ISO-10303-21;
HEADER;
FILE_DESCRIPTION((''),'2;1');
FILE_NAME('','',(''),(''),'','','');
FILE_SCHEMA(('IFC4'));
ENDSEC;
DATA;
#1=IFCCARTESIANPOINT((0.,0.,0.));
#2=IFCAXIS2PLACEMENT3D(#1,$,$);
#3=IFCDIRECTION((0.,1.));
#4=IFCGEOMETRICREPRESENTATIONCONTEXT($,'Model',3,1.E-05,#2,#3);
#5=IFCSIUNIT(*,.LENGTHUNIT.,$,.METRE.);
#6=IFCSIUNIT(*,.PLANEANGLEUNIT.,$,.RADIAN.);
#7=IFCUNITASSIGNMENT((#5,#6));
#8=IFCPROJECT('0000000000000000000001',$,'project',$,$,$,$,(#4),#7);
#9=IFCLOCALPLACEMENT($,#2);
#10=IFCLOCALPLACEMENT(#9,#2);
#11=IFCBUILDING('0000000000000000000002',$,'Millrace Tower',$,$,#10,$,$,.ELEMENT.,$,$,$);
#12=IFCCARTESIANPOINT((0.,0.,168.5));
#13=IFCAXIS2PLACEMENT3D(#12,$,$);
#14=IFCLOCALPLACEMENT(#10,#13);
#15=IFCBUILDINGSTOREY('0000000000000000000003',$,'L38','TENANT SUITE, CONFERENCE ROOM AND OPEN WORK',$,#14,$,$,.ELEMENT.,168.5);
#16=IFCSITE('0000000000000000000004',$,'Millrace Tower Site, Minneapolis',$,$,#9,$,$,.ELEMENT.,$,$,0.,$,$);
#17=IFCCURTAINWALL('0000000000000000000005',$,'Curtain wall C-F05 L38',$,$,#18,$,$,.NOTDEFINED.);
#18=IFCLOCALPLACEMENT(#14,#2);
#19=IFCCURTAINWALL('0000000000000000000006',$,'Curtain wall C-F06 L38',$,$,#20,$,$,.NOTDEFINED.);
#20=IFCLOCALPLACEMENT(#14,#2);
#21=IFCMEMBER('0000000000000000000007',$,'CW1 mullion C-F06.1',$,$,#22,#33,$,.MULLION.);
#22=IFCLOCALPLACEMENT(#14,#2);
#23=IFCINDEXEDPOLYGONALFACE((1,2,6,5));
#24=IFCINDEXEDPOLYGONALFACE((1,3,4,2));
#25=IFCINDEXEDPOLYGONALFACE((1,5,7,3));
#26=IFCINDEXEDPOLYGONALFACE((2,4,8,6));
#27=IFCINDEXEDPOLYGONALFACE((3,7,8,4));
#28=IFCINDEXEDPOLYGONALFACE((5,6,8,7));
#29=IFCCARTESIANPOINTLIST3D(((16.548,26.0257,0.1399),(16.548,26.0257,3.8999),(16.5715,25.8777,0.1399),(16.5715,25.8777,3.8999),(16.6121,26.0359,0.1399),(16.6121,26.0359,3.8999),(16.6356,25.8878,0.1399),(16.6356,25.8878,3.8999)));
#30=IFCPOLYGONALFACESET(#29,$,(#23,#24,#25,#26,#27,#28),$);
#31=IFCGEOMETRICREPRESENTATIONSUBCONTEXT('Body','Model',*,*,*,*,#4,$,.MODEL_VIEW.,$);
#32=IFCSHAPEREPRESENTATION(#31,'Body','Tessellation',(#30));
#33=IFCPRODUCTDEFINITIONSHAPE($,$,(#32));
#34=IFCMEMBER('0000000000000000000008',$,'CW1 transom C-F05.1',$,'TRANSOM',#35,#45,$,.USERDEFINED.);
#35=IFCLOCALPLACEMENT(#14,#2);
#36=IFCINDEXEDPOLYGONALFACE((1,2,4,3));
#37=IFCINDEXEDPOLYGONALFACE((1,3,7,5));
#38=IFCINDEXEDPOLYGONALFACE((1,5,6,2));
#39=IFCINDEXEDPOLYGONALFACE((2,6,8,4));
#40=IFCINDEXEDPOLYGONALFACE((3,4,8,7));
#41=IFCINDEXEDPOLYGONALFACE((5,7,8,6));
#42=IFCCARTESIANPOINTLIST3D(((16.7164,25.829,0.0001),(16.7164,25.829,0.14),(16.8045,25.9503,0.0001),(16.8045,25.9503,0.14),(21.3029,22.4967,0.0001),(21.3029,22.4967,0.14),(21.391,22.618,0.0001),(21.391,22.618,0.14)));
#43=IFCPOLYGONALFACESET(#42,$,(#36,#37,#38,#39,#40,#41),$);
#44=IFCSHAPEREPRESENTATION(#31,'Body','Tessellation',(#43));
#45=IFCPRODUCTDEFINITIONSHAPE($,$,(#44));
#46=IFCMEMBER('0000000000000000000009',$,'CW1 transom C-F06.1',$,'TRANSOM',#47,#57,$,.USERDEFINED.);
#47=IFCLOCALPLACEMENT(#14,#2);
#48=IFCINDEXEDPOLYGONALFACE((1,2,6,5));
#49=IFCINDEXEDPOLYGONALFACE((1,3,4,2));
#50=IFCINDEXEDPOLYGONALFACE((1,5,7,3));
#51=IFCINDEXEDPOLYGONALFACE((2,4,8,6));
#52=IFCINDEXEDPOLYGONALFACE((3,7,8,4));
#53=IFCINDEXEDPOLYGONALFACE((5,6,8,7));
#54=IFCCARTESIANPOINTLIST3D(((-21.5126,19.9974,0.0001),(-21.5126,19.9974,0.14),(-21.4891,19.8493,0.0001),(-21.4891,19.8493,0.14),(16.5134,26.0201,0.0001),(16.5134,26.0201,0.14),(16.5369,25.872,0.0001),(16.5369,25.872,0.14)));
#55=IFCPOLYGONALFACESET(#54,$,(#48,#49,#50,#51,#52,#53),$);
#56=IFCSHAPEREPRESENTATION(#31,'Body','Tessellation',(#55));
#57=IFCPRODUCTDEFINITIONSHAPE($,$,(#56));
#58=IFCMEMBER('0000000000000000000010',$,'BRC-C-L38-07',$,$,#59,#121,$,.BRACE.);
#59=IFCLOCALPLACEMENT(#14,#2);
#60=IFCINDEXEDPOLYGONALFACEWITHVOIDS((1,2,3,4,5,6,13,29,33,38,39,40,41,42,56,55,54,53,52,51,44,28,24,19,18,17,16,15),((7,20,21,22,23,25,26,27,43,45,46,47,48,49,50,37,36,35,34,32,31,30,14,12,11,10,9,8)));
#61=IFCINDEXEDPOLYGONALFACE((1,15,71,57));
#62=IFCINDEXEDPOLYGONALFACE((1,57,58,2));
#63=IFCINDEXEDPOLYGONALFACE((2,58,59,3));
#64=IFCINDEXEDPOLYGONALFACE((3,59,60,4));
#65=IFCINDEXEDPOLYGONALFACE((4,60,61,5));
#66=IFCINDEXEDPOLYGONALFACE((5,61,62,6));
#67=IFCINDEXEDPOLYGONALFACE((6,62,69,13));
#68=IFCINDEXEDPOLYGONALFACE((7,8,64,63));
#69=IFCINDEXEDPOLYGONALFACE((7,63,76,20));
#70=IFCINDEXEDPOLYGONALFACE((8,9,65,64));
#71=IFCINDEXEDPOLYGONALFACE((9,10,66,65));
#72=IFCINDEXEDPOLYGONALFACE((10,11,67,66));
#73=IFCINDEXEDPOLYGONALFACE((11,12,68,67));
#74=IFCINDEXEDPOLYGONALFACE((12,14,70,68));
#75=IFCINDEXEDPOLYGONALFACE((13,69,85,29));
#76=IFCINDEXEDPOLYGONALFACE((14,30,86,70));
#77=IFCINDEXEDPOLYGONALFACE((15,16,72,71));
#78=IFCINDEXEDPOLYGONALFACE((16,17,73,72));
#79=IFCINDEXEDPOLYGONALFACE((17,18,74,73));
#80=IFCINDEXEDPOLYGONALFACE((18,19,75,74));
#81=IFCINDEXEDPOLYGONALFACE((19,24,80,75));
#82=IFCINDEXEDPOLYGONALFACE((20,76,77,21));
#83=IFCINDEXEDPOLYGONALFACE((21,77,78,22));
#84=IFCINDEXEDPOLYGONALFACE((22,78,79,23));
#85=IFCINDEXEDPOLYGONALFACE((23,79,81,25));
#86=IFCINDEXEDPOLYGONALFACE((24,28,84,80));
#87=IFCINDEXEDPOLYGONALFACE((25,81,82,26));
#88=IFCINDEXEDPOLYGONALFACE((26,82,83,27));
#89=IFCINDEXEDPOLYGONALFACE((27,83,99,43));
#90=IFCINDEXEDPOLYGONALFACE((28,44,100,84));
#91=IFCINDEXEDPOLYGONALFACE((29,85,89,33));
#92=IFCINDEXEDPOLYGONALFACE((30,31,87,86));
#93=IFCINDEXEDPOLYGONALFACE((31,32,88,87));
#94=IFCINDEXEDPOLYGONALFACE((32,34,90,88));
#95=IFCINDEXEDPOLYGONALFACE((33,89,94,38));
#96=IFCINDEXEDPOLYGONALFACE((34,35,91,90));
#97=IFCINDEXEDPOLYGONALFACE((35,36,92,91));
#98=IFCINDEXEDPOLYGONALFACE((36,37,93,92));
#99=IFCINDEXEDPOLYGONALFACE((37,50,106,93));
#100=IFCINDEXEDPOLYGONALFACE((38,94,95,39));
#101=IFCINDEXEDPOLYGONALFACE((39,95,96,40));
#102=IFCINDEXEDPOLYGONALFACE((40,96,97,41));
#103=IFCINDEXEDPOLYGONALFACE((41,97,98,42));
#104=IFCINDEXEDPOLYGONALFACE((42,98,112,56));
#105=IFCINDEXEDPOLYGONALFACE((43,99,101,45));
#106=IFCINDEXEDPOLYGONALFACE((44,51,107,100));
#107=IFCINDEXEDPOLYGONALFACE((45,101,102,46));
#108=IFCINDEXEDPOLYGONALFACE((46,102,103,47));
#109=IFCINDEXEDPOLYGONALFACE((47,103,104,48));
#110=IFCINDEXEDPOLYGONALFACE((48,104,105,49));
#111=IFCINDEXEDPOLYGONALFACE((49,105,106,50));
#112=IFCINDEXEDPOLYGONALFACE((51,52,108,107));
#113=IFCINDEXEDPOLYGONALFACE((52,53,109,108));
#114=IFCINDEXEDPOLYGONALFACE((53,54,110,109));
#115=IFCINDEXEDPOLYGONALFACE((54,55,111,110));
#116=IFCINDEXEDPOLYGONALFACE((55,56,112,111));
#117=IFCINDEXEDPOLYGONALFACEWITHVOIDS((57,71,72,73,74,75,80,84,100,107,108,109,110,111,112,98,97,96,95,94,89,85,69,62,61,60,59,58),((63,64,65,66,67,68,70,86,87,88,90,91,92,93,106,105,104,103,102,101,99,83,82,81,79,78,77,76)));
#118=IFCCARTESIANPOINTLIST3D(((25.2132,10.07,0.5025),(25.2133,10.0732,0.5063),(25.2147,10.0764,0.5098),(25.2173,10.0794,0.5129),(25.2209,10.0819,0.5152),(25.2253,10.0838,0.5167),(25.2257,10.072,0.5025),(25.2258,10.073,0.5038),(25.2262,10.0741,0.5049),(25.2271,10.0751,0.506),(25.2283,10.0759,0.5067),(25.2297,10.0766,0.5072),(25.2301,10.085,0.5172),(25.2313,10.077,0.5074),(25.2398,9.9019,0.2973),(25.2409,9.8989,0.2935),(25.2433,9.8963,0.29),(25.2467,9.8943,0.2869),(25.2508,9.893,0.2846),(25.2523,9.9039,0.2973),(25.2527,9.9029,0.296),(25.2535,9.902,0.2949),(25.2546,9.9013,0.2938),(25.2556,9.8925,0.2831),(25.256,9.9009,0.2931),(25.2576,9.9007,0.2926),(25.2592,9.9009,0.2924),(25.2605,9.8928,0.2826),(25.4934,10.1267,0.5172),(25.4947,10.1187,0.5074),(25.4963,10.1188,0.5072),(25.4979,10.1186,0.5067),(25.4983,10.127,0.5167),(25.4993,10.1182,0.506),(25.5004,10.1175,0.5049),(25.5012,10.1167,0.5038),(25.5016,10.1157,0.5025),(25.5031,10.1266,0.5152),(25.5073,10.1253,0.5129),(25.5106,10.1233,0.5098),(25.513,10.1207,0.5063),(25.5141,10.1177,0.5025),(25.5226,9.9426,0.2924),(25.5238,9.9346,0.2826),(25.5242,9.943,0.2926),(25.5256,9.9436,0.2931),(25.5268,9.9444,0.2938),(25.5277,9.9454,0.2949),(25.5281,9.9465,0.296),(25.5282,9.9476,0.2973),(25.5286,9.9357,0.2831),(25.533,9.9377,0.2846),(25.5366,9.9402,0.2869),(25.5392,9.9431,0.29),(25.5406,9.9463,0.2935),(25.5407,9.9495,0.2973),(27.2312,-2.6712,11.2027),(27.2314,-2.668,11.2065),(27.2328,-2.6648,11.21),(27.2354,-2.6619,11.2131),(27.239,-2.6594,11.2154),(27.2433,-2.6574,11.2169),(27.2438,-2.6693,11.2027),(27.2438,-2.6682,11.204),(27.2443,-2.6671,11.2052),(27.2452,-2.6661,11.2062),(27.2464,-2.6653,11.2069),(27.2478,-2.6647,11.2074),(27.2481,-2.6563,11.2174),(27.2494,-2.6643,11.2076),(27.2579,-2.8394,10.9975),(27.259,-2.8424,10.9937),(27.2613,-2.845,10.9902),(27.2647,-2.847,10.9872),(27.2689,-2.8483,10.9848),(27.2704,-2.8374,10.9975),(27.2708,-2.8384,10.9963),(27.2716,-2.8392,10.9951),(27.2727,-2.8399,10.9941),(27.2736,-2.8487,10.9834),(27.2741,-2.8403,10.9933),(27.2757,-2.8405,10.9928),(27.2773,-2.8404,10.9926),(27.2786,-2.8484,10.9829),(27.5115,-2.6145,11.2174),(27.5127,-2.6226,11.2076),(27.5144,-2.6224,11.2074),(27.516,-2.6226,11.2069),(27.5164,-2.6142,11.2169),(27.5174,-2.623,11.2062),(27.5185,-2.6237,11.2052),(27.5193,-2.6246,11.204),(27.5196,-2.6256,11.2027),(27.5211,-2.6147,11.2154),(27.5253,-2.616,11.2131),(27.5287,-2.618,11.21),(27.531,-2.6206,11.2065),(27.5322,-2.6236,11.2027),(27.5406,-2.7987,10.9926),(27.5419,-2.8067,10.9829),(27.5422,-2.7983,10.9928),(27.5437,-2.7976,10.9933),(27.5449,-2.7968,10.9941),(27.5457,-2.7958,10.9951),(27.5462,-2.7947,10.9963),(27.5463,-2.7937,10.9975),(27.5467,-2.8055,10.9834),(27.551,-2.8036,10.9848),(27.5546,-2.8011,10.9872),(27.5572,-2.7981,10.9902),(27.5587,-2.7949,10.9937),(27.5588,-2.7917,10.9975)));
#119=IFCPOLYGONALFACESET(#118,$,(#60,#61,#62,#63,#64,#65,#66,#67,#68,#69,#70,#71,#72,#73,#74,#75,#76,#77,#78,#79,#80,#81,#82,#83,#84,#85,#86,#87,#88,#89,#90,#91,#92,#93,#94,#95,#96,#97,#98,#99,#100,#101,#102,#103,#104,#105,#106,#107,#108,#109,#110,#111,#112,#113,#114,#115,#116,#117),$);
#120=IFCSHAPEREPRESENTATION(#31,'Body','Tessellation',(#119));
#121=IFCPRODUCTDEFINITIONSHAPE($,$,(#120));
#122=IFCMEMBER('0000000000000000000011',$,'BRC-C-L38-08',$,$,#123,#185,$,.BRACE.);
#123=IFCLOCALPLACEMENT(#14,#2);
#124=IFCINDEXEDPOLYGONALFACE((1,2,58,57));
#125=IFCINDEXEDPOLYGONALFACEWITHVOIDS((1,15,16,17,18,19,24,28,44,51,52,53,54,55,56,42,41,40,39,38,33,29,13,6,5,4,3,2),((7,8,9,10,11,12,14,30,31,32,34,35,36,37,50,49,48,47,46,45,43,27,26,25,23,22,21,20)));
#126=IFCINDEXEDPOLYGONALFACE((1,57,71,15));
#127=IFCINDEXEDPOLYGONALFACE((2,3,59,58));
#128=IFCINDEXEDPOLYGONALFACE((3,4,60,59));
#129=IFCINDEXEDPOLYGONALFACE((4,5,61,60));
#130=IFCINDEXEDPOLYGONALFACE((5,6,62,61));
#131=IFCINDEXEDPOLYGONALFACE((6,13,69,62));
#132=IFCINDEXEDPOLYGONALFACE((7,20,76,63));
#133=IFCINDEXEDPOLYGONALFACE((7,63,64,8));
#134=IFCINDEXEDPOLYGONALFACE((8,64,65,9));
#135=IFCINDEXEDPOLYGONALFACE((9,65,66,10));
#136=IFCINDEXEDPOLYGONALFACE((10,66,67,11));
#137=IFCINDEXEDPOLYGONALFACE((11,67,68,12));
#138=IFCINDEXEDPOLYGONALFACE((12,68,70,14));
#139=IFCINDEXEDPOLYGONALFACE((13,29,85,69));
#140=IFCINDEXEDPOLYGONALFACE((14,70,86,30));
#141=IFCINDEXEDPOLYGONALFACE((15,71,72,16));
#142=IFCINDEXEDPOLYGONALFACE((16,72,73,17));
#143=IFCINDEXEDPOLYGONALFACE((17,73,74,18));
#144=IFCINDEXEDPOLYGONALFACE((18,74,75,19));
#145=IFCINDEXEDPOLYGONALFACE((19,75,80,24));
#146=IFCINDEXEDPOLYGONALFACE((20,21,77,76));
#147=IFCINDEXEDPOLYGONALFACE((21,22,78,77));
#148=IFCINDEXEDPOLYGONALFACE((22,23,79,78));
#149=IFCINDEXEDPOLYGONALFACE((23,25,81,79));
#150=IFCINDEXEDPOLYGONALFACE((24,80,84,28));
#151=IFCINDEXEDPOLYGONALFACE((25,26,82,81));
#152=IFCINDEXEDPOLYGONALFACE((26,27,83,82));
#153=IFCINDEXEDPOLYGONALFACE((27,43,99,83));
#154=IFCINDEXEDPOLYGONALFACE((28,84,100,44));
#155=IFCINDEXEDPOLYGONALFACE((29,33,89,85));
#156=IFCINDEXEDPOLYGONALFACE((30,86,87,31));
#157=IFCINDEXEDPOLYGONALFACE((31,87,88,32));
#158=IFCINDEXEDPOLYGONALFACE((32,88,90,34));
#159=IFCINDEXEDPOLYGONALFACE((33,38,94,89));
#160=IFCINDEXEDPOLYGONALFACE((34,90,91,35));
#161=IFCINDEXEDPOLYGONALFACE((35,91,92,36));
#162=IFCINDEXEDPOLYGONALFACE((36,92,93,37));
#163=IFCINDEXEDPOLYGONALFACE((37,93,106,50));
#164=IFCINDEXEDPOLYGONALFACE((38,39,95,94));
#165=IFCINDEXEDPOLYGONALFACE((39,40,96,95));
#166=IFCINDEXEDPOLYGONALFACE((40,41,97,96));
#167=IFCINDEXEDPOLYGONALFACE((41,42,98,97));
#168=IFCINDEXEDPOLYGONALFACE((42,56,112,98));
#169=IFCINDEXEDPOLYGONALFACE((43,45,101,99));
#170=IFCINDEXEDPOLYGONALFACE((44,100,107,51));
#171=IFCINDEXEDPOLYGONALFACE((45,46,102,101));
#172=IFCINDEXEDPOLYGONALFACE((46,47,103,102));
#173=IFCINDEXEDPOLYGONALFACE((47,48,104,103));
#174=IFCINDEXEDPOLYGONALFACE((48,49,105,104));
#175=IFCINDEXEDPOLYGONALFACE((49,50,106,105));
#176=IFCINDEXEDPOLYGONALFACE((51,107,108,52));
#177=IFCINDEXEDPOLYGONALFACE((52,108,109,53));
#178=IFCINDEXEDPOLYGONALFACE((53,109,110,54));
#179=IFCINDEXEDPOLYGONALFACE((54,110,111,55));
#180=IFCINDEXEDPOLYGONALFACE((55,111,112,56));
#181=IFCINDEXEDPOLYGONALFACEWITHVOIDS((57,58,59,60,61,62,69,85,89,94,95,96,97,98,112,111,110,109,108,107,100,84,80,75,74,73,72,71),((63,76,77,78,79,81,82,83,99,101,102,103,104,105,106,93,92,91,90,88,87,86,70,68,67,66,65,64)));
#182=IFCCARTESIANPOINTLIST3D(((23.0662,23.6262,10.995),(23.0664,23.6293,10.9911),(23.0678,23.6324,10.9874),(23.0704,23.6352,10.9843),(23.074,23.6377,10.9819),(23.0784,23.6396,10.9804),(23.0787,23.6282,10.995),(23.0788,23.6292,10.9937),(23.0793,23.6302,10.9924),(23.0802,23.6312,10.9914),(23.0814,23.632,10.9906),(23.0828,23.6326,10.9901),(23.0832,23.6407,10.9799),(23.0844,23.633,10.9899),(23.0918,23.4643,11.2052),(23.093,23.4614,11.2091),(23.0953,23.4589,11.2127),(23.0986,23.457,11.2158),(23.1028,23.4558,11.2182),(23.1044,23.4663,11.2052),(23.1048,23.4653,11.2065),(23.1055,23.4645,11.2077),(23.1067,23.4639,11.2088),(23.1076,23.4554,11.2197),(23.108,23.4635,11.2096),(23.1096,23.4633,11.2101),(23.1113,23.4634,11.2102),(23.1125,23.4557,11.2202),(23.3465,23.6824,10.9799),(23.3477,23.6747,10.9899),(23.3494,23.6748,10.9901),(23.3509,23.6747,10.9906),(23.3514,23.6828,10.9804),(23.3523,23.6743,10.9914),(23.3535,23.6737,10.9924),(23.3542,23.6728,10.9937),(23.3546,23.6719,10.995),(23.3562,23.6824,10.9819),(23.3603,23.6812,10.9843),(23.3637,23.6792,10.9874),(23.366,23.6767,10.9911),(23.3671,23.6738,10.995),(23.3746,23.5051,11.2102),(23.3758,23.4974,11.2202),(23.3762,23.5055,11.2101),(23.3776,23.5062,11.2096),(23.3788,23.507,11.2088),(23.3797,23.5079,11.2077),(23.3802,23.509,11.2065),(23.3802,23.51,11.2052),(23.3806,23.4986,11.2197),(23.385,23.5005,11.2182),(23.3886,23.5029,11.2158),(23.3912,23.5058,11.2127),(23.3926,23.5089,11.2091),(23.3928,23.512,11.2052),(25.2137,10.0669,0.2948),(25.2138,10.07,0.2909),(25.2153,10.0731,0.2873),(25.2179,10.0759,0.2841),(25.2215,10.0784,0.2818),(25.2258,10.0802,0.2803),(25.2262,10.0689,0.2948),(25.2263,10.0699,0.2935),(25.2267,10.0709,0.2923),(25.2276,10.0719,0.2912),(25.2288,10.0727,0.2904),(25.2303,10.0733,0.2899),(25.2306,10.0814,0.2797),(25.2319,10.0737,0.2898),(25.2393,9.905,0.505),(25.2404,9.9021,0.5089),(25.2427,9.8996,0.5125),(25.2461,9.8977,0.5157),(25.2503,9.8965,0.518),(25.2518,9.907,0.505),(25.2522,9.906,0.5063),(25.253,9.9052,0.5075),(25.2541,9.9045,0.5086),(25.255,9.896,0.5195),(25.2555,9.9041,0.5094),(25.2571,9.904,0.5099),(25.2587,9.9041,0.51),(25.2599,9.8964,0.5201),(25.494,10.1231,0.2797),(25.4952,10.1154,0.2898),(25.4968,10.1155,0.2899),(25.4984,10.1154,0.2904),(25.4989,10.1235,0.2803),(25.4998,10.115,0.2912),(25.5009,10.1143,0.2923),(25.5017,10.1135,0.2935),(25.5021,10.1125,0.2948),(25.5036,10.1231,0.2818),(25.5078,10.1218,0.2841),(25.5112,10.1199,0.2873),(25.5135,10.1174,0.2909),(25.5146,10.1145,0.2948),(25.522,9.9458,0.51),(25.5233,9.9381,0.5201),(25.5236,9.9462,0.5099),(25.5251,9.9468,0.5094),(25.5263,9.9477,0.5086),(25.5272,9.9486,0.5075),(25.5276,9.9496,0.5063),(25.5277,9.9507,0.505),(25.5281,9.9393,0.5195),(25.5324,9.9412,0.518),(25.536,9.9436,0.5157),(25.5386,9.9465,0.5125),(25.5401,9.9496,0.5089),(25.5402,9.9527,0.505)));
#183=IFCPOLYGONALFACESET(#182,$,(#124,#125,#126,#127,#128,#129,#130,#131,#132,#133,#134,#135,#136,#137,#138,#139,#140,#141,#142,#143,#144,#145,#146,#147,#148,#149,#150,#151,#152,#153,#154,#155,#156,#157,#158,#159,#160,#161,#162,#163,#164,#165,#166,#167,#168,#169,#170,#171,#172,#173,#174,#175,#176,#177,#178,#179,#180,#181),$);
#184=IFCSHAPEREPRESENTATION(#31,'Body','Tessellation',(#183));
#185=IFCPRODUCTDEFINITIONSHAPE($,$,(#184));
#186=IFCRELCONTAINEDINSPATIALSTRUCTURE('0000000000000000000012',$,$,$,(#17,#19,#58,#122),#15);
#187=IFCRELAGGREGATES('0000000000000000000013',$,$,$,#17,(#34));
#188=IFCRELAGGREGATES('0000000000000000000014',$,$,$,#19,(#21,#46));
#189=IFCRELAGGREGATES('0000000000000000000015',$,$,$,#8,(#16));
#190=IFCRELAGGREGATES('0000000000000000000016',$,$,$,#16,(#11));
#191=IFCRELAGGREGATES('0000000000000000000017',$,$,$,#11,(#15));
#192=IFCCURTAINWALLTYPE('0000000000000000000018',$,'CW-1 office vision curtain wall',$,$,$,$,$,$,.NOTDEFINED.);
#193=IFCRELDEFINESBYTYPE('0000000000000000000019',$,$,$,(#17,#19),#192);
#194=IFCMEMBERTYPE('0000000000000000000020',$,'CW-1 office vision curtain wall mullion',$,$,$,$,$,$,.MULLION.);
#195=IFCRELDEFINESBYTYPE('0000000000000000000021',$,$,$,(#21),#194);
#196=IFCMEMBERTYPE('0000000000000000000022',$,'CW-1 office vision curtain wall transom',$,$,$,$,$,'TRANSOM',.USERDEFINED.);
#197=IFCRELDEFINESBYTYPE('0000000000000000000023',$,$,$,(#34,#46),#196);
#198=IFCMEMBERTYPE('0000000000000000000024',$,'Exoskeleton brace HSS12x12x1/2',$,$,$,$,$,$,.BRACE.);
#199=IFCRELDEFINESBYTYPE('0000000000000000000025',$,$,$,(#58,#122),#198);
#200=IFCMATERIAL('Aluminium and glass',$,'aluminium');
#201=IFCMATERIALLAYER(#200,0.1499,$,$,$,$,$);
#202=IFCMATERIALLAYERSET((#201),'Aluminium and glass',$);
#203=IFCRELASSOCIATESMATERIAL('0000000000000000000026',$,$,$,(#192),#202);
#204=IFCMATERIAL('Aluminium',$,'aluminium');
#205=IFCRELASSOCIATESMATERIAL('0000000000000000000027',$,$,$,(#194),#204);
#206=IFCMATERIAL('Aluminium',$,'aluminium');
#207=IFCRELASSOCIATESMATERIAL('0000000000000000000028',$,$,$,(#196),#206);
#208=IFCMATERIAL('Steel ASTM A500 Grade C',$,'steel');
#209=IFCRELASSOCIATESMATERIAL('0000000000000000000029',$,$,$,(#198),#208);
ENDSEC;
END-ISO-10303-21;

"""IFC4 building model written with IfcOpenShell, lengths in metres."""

from ifc_helpers import new_model, si_unit, direction, frame, origin, origin_2d, place, context, subcontext, project, spatial, rectangle, hollow_rectangle, extrude, material, layer, layer_set, material_profile, profile_set, type_object, element, aggregate, save


model = new_model("IFC4")

# Units and contexts
model_context = context("Model", 3, precision=1e-05, world=origin(), true_north=direction((0.0, 1.0)))
body_context = subcontext(model_context, "Body", "Model", "MODEL_VIEW")
ifc_project = project(units=[si_unit("LENGTHUNIT", "METRE"), si_unit("PLANEANGLEUNIT", "RADIAN")], contexts=[model_context])

# Site, building, storey
site_placement = place(None, origin())
site = spatial("IfcSite", under=ifc_project, at=site_placement, Name="Millrace Tower Site, Minneapolis", CompositionType="ELEMENT", RefElevation=0.0)
building_placement = place(site_placement, origin())
building = spatial("IfcBuilding", under=site, at=building_placement, Name="Millrace Tower", CompositionType="ELEMENT")
storey_placement = place(building_placement, frame((0.0, 0.0, 168.5)))
storey = spatial("IfcBuildingStorey", under=building, at=storey_placement, Name="L38", Description="TENANT SUITE, CONFERENCE ROOM AND OPEN WORK", CompositionType="ELEMENT", Elevation=168.5)

# Shared definitions
ifc_material_1 = material(Name="Aluminium and glass", Category="aluminium")
ifc_layer_1 = layer(ifc_material_1, 0.1499)
ifc_layer_set_1 = layer_set([ifc_layer_1], Name="Aluminium and glass")
curtain_wall_type = type_object("IfcCurtainWallType", Name="CW-1 office vision curtain wall", PredefinedType="NOTDEFINED", material=ifc_layer_set_1)
placement = place(storey_placement, origin())
ifc_material_2 = material(Name="Aluminium", Category="aluminium")
ifc_material_profile_1 = material_profile(ifc_material_2, rectangle(XDim=0.0649, YDim=0.1499, at=origin_2d()))
ifc_profile_set_1 = profile_set([ifc_material_profile_1], Name="Aluminium")
member_type_1 = type_object("IfcMemberType", Name="CW-1 office vision curtain wall mullion", PredefinedType="MULLION", material=ifc_profile_set_1)

# Curtain walls, member
curtain_wall_1 = element("IfcCurtainWall", 1, at=placement, inside=storey, type_object=curtain_wall_type, Name="Curtain wall C-F05 L38", PredefinedType="NOTDEFINED")
curtain_wall_2 = element("IfcCurtainWall", 2, at=placement, inside=storey, type_object=curtain_wall_type, Name="Curtain wall C-F06 L38", PredefinedType="NOTDEFINED")
member_1_placement = place(storey_placement, frame((16.5918, 25.9568, 0.1399), z_axis=(0.0, 0.0, 1.0), x_axis=(-0.987688, -0.156434, 0.0)))
member_1 = element("IfcMember", 3, at=member_1_placement, type_object=member_type_1, Name="CW1 mullion C-F06.1", PredefinedType="MULLION", context=body_context, shape_type="SweptSolid", body=[
    extrude(rectangle(XDim=0.0649, YDim=0.1499, at=origin_2d()), origin(), (0.0, 0.0, 1.0), 3.76),
])

# Members
ifc_material_3 = material(Name="Aluminium", Category="aluminium")
ifc_material_profile_2 = material_profile(ifc_material_3, rectangle(XDim=0.1499, YDim=0.1399, at=origin_2d()))
ifc_profile_set_2 = profile_set([ifc_material_profile_2], Name="Aluminium")
member_type_2 = type_object("IfcMemberType", Name="CW-1 office vision curtain wall transom", ElementType="TRANSOM", PredefinedType="USERDEFINED", material=ifc_profile_set_2)
member_2_placement = place(storey_placement, frame((21.3469, 22.5574, 0.0701), z_axis=(-0.809013, 0.58779, 0.0), x_axis=(-0.58779, -0.809013, 0.0)))
member_2 = element("IfcMember", 4, at=member_2_placement, type_object=member_type_2, Name="CW1 transom C-F05.1", ObjectType="TRANSOM", PredefinedType="USERDEFINED", context=body_context, shape_type="SweptSolid", body=[
    extrude(rectangle(XDim=0.1499, YDim=0.1399, at=origin_2d()), origin(), (0.0, 0.0, 1.0), 5.6692),
])
aggregate(curtain_wall_1, [member_2])
member_3_placement = place(storey_placement, frame((16.5251, 25.946, 0.0701), z_axis=(-0.987689, -0.156433, 0.0), x_axis=(0.156433, -0.987689, 0.0)))
member_3 = element("IfcMember", 5, at=member_3_placement, type_object=member_type_2, Name="CW1 transom C-F06.1", ObjectType="TRANSOM", PredefinedType="USERDEFINED", context=body_context, shape_type="SweptSolid", body=[
    extrude(rectangle(XDim=0.1499, YDim=0.1399, at=origin_2d()), origin(), (0.0, 0.0, 1.0), 38.5),
])
aggregate(curtain_wall_2, [member_1, member_3])

# Members
ifc_material_4 = material(Name="Steel ASTM A500 Grade C", Category="steel")
ifc_material_profile_3 = material_profile(ifc_material_4, hollow_rectangle(XDim=0.3047, YDim=0.3047, WallThickness=0.0127, InnerFilletRadius=0.0063, OuterFilletRadius=0.019, at=origin_2d()))
ifc_profile_set_3 = profile_set([ifc_material_profile_3], Name="Steel ASTM A500 Grade C")
member_type_3 = type_object("IfcMemberType", Name="Exoskeleton brace HSS12x12x1/2", PredefinedType="BRACE", material=ifc_profile_set_3)
member_4_placement = place(storey_placement, frame((25.377, 10.0098, 0.3999), z_axis=(0.120408, -0.760205, 0.638428), x_axis=(0.987688, 0.156439, 0.0)))
element("IfcMember", 6, at=member_4_placement, inside=storey, type_object=member_type_3, Name="BRC-C-L38-07", PredefinedType="BRACE", context=body_context, shape_type="SweptSolid", body=[
    extrude(hollow_rectangle(XDim=0.3047, YDim=0.3047, WallThickness=0.0127, InnerFilletRadius=0.0063, OuterFilletRadius=0.019, at=origin_2d()), origin(), (0.0, 0.0, 1.0), 16.7603),
])
member_5_placement = place(storey_placement, frame((25.377, 10.0098, 0.3999), z_axis=(-0.123376, 0.779013, 0.61475), x_axis=(-0.98769, -0.156426, 0.0)))
element("IfcMember", 7, at=member_5_placement, inside=storey, type_object=member_type_3, Name="BRC-C-L38-08", PredefinedType="BRACE", context=body_context, shape_type="SweptSolid", body=[
    extrude(hollow_rectangle(XDim=0.3047, YDim=0.3047, WallThickness=0.0127, InnerFilletRadius=0.0063, OuterFilletRadius=0.019, at=origin_2d()), origin(), (0.0, 0.0, 1.0), 17.4058),
])

save(model, "model.ifc")
